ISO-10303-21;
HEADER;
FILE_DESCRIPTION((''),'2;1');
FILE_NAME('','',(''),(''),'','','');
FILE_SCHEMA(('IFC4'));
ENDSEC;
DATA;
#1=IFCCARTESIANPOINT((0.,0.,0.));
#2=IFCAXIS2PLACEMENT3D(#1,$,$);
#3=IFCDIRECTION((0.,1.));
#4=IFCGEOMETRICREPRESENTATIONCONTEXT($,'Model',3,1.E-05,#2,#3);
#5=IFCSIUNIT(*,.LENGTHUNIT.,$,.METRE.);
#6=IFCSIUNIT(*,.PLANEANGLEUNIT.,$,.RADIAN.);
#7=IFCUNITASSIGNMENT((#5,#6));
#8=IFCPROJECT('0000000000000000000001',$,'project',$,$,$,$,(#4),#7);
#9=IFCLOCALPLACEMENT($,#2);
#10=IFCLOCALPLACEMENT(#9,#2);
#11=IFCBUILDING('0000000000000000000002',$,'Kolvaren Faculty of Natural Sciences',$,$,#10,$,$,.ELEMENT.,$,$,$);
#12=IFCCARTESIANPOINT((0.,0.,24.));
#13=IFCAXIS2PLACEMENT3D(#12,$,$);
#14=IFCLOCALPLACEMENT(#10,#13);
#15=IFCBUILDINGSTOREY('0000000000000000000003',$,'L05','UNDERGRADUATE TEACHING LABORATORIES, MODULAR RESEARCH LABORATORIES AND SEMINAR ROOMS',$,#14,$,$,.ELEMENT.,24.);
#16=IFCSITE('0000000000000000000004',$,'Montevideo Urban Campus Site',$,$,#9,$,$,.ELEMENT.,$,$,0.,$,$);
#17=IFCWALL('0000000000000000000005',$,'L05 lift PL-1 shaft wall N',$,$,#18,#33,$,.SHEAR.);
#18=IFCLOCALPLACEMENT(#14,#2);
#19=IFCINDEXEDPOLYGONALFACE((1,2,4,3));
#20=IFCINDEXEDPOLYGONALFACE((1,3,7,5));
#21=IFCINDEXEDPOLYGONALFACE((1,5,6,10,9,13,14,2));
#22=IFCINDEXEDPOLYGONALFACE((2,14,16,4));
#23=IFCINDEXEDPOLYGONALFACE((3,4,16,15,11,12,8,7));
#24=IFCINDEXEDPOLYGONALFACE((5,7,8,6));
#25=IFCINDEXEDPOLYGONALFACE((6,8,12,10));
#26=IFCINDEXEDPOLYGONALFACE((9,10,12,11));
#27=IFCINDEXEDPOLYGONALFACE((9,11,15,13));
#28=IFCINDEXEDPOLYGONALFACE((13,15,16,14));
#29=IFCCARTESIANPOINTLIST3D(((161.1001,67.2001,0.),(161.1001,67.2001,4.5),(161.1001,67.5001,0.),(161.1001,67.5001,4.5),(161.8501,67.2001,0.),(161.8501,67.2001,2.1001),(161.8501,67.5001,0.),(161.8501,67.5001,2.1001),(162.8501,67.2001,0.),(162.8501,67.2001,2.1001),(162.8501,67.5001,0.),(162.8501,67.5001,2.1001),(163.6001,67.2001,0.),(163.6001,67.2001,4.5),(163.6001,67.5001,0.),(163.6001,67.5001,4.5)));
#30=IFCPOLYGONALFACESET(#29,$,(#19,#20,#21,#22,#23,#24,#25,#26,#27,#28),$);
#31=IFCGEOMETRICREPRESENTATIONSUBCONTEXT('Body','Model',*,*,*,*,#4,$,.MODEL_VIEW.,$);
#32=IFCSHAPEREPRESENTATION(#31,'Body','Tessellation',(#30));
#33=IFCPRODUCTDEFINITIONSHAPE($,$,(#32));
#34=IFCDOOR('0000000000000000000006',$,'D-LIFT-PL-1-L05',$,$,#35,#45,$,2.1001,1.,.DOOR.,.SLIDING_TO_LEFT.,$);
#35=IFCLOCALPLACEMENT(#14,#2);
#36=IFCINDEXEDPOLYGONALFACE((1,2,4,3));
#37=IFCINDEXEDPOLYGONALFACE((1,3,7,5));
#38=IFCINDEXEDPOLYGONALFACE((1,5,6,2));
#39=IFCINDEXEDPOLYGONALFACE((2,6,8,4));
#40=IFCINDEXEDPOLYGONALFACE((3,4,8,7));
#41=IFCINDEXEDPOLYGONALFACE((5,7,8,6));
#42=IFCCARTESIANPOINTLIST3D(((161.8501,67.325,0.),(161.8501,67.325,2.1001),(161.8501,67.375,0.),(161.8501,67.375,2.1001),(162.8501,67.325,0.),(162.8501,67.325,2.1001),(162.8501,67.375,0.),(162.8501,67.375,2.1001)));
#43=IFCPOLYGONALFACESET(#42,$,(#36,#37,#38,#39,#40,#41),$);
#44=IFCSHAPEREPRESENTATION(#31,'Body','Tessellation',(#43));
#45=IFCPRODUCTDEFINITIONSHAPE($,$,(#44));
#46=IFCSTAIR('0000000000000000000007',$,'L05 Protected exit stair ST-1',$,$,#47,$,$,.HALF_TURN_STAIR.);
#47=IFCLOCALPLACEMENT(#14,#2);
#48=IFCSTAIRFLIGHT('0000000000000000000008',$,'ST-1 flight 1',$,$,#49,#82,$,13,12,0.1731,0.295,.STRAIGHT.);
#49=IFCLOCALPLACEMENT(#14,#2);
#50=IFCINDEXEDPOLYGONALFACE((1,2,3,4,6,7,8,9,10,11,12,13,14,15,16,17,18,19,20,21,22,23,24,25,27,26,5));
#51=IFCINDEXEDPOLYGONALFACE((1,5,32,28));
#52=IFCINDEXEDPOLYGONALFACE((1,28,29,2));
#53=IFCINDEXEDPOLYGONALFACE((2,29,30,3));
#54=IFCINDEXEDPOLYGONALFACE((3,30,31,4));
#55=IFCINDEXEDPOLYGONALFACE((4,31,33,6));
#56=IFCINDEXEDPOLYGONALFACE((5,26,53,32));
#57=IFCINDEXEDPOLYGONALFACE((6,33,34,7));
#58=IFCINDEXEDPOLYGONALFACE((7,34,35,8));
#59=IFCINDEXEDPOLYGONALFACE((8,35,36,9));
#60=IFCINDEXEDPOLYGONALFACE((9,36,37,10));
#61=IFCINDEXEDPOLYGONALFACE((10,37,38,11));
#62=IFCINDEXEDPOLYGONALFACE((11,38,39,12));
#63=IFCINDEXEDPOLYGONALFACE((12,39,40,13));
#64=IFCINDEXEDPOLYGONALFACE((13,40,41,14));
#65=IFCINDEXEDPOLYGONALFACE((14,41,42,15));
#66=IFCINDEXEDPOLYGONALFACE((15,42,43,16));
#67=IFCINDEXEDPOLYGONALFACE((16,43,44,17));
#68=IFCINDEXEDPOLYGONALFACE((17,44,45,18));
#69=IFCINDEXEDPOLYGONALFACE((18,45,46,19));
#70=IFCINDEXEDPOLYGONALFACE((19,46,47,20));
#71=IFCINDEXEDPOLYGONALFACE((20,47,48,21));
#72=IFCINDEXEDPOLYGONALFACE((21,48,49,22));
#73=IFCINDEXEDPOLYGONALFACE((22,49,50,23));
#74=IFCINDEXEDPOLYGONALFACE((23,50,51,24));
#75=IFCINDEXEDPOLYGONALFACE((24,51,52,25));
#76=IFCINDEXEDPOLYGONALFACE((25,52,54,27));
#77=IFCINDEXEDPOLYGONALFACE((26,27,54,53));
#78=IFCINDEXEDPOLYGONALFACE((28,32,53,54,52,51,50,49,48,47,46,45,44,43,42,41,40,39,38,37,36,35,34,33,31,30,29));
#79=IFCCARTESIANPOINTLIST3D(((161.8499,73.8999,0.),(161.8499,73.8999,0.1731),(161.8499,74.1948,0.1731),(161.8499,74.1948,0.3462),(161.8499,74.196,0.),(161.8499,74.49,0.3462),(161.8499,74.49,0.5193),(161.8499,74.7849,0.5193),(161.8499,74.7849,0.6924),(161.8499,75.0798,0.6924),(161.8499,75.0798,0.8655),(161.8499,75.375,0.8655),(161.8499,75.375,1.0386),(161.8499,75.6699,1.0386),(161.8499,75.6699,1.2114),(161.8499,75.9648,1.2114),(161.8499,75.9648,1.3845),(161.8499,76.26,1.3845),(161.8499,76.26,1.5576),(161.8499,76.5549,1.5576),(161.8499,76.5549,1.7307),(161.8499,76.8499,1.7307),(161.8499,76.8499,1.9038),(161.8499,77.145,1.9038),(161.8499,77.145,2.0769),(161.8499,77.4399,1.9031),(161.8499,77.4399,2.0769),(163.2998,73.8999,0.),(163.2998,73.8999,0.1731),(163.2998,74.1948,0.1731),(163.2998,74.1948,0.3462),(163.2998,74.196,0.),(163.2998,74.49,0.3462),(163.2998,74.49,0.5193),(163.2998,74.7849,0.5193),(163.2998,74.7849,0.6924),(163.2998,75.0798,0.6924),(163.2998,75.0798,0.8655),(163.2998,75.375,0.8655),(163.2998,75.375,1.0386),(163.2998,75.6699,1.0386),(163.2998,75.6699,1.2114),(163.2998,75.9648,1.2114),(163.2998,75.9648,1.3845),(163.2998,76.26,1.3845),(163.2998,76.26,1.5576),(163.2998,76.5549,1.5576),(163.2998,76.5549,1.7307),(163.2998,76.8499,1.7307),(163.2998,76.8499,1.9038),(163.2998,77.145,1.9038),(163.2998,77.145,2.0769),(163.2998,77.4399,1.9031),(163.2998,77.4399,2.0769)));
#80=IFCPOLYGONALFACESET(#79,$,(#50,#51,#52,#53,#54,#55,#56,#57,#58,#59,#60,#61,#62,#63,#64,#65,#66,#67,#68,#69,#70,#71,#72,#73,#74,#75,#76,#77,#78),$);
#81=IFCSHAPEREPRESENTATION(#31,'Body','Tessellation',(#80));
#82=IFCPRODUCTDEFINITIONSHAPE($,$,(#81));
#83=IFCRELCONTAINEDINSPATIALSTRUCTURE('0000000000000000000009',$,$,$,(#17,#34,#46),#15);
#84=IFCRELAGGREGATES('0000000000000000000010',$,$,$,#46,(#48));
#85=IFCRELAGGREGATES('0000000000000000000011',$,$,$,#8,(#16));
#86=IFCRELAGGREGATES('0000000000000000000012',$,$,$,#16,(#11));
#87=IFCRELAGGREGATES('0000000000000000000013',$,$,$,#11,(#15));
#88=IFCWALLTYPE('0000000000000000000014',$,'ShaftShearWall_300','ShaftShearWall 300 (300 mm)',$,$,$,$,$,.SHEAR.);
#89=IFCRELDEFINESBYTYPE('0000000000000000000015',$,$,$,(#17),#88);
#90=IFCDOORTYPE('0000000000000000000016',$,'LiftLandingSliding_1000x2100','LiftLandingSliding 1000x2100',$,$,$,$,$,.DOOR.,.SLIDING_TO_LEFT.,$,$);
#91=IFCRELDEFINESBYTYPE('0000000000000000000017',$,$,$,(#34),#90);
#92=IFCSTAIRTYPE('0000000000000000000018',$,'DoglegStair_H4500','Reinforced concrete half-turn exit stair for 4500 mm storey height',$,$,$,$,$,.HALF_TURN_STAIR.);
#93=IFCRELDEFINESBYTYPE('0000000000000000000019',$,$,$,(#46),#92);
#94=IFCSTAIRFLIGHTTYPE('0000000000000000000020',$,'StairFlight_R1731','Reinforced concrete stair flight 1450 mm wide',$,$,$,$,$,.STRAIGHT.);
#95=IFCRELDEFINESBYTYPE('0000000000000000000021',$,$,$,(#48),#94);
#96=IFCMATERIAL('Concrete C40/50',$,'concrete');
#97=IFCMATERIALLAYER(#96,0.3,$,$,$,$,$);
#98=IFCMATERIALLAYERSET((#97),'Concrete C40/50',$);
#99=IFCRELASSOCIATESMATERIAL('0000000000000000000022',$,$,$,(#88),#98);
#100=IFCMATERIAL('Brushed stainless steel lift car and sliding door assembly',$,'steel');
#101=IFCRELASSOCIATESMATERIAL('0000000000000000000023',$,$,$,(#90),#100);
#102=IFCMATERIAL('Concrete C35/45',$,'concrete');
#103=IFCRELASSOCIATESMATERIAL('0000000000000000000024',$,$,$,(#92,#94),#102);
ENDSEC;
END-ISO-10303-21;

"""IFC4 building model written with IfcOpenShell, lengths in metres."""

from ifc_helpers import new_model, si_unit, direction, frame, frame_2d, origin, place, context, subcontext, project, spatial, polyline, rectangle, outline, extrude, material, layer, layer_set, type_object, element, fill, aggregate, save


model = new_model("IFC4")

# Units and contexts
model_context = context("Model", 3, precision=1e-05, world=origin(), true_north=direction((0.0, 1.0)))
body_context = subcontext(model_context, "Body", "Model", "MODEL_VIEW")
ifc_project = project(units=[si_unit("LENGTHUNIT", "METRE"), si_unit("PLANEANGLEUNIT", "RADIAN")], contexts=[model_context])

# Site, building, storey
site_placement = place(None, origin())
site = spatial("IfcSite", under=ifc_project, at=site_placement, Name="Montevideo Urban Campus Site", CompositionType="ELEMENT", RefElevation=0.0)
building_placement = place(site_placement, origin())
building = spatial("IfcBuilding", under=site, at=building_placement, Name="Kolvaren Faculty of Natural Sciences", CompositionType="ELEMENT")
storey_placement = place(building_placement, frame((0.0, 0.0, 24.0)))
storey = spatial("IfcBuildingStorey", under=building, at=storey_placement, Name="L05", Description="UNDERGRADUATE TEACHING LABORATORIES, MODULAR RESEARCH LABORATORIES AND SEMINAR ROOMS", CompositionType="ELEMENT", Elevation=24.0)

# Shared definitions
ifc_material_1 = material(Name="Concrete C40/50", Category="concrete")

# Shared definitions
ifc_material_2 = material(Name="Concrete C35/45", Category="concrete")

# Wall, opening, door
ifc_layer_1 = layer(ifc_material_1, 0.3)
ifc_layer_set_1 = layer_set([ifc_layer_1], Name="Concrete C40/50")
wall_type_1 = type_object("IfcWallType", Name="ShaftShearWall_300", Description="ShaftShearWall 300 (300 mm)", PredefinedType="SHEAR", material=ifc_layer_set_1)
wall_1_placement = place(storey_placement, frame((161.1001, 67.3501, 0.0), z_axis=(0.0, 0.0, 1.0), x_axis=(1.0, 0.0, 0.0)))
wall_1 = element("IfcWall", 1, at=wall_1_placement, inside=storey, type_object=wall_type_1, Name="L05 lift PL-1 shaft wall N", PredefinedType="SHEAR", context=body_context, shape_type="SweptSolid", body=[
    extrude(rectangle(XDim=2.5, YDim=0.3, at=frame_2d((1.25, 0.0))), origin(), (0.0, 0.0, 1.0), 4.5),
])
opening_1_placement = place(wall_1_placement, frame((0.75, 0.0, 0.0)))
opening_1 = element("IfcOpeningElement", 2, at=opening_1_placement, cuts=wall_1, PredefinedType="OPENING", context=body_context, shape_type="SweptSolid", body=[
    extrude(rectangle(XDim=1.0, YDim=2.1001, at=frame_2d((0.5, 1.05))), frame((0.0, 0.1599, 0.0), z_axis=(0.0, -1.0, 0.0), x_axis=(1.0, 0.0, 0.0)), (0.0, 0.0, 1.0), 0.3201),
])
ifc_material_3 = material(Name="Brushed stainless steel lift car and sliding door assembly", Category="steel")
door_type_1 = type_object("IfcDoorType", Name="LiftLandingSliding_1000x2100", Description="LiftLandingSliding 1000x2100", OperationType="SLIDING_TO_LEFT", PredefinedType="DOOR", material=ifc_material_3)
door_1_placement = place(opening_1_placement, origin())
door_1 = element("IfcDoor", 3, at=door_1_placement, inside=storey, type_object=door_type_1, Name="D-LIFT-PL-1-L05", OperationType="SLIDING_TO_LEFT", OverallHeight=2.1001, OverallWidth=1.0, PredefinedType="DOOR", context=body_context, shape_type="SweptSolid", body=[
    extrude(rectangle(XDim=1.0, YDim=2.1001, at=frame_2d((0.5, 1.05))), frame((0.0, 0.0249, 0.0), z_axis=(0.0, -1.0, 0.0), x_axis=(1.0, 0.0, 0.0)), (0.0, 0.0, 1.0), 0.05),
])
fill(opening_1, door_1)

# Stair, stair flight
stair_type = type_object("IfcStairType", Name="DoglegStair_H4500", Description="Reinforced concrete half-turn exit stair for 4500 mm storey height", PredefinedType="HALF_TURN_STAIR", material=ifc_material_2)
stair_placement = place(storey_placement, origin())
stair = element("IfcStair", 4, at=stair_placement, inside=storey, type_object=stair_type, Name="L05 Protected exit stair ST-1", PredefinedType="HALF_TURN_STAIR")
stair_flight_type = type_object("IfcStairFlightType", Name="StairFlight_R1731", Description="Reinforced concrete stair flight 1450 mm wide", PredefinedType="STRAIGHT", material=ifc_material_2)
stair_flight_placement = place(storey_placement, frame((162.575, 73.8999, 0.0), z_axis=(0.0, 0.0, 1.0), x_axis=(0.0, 1.0, 0.0)))
stair_flight = element("IfcStairFlight", 5, at=stair_flight_placement, type_object=stair_flight_type, Name="ST-1 flight 1", NumberOfRisers=13, NumberOfTreads=12, PredefinedType="STRAIGHT", RiserHeight=0.1731, TreadLength=0.295, context=body_context, shape_type="SweptSolid", body=[
    extrude(outline(polyline([(0.0, 0.0), (0.0, 0.1731), (0.2949, 0.1731), (0.2949, 0.3462), (0.5901, 0.3462), (0.5901, 0.5193), (0.885, 0.5193), (0.885, 0.6924), (1.1799, 0.6924), (1.1799, 0.8655), (1.4751, 0.8655), (1.4751, 1.0386), (1.77, 1.0386), (1.77, 1.2114), (2.0649, 1.2114), (2.0649, 1.3845), (2.3601, 1.3845), (2.3601, 1.5576), (2.655, 1.5576), (2.655, 1.7307), (2.95, 1.7307), (2.95, 1.9038), (3.2451, 1.9038), (3.2451, 2.0769), (3.54, 2.0769), (3.54, 2.25), (3.54, 1.9031), (0.2961, 0.0), (0.0, 0.0)])), frame((0.0, 0.7251, 0.0), z_axis=(0.0, -1.0, 0.0), x_axis=(1.0, 0.0, 0.0)), (0.0, 0.0, 1.0), 1.45),
])
aggregate(stair, [stair_flight])

save(model, "model.ifc")
